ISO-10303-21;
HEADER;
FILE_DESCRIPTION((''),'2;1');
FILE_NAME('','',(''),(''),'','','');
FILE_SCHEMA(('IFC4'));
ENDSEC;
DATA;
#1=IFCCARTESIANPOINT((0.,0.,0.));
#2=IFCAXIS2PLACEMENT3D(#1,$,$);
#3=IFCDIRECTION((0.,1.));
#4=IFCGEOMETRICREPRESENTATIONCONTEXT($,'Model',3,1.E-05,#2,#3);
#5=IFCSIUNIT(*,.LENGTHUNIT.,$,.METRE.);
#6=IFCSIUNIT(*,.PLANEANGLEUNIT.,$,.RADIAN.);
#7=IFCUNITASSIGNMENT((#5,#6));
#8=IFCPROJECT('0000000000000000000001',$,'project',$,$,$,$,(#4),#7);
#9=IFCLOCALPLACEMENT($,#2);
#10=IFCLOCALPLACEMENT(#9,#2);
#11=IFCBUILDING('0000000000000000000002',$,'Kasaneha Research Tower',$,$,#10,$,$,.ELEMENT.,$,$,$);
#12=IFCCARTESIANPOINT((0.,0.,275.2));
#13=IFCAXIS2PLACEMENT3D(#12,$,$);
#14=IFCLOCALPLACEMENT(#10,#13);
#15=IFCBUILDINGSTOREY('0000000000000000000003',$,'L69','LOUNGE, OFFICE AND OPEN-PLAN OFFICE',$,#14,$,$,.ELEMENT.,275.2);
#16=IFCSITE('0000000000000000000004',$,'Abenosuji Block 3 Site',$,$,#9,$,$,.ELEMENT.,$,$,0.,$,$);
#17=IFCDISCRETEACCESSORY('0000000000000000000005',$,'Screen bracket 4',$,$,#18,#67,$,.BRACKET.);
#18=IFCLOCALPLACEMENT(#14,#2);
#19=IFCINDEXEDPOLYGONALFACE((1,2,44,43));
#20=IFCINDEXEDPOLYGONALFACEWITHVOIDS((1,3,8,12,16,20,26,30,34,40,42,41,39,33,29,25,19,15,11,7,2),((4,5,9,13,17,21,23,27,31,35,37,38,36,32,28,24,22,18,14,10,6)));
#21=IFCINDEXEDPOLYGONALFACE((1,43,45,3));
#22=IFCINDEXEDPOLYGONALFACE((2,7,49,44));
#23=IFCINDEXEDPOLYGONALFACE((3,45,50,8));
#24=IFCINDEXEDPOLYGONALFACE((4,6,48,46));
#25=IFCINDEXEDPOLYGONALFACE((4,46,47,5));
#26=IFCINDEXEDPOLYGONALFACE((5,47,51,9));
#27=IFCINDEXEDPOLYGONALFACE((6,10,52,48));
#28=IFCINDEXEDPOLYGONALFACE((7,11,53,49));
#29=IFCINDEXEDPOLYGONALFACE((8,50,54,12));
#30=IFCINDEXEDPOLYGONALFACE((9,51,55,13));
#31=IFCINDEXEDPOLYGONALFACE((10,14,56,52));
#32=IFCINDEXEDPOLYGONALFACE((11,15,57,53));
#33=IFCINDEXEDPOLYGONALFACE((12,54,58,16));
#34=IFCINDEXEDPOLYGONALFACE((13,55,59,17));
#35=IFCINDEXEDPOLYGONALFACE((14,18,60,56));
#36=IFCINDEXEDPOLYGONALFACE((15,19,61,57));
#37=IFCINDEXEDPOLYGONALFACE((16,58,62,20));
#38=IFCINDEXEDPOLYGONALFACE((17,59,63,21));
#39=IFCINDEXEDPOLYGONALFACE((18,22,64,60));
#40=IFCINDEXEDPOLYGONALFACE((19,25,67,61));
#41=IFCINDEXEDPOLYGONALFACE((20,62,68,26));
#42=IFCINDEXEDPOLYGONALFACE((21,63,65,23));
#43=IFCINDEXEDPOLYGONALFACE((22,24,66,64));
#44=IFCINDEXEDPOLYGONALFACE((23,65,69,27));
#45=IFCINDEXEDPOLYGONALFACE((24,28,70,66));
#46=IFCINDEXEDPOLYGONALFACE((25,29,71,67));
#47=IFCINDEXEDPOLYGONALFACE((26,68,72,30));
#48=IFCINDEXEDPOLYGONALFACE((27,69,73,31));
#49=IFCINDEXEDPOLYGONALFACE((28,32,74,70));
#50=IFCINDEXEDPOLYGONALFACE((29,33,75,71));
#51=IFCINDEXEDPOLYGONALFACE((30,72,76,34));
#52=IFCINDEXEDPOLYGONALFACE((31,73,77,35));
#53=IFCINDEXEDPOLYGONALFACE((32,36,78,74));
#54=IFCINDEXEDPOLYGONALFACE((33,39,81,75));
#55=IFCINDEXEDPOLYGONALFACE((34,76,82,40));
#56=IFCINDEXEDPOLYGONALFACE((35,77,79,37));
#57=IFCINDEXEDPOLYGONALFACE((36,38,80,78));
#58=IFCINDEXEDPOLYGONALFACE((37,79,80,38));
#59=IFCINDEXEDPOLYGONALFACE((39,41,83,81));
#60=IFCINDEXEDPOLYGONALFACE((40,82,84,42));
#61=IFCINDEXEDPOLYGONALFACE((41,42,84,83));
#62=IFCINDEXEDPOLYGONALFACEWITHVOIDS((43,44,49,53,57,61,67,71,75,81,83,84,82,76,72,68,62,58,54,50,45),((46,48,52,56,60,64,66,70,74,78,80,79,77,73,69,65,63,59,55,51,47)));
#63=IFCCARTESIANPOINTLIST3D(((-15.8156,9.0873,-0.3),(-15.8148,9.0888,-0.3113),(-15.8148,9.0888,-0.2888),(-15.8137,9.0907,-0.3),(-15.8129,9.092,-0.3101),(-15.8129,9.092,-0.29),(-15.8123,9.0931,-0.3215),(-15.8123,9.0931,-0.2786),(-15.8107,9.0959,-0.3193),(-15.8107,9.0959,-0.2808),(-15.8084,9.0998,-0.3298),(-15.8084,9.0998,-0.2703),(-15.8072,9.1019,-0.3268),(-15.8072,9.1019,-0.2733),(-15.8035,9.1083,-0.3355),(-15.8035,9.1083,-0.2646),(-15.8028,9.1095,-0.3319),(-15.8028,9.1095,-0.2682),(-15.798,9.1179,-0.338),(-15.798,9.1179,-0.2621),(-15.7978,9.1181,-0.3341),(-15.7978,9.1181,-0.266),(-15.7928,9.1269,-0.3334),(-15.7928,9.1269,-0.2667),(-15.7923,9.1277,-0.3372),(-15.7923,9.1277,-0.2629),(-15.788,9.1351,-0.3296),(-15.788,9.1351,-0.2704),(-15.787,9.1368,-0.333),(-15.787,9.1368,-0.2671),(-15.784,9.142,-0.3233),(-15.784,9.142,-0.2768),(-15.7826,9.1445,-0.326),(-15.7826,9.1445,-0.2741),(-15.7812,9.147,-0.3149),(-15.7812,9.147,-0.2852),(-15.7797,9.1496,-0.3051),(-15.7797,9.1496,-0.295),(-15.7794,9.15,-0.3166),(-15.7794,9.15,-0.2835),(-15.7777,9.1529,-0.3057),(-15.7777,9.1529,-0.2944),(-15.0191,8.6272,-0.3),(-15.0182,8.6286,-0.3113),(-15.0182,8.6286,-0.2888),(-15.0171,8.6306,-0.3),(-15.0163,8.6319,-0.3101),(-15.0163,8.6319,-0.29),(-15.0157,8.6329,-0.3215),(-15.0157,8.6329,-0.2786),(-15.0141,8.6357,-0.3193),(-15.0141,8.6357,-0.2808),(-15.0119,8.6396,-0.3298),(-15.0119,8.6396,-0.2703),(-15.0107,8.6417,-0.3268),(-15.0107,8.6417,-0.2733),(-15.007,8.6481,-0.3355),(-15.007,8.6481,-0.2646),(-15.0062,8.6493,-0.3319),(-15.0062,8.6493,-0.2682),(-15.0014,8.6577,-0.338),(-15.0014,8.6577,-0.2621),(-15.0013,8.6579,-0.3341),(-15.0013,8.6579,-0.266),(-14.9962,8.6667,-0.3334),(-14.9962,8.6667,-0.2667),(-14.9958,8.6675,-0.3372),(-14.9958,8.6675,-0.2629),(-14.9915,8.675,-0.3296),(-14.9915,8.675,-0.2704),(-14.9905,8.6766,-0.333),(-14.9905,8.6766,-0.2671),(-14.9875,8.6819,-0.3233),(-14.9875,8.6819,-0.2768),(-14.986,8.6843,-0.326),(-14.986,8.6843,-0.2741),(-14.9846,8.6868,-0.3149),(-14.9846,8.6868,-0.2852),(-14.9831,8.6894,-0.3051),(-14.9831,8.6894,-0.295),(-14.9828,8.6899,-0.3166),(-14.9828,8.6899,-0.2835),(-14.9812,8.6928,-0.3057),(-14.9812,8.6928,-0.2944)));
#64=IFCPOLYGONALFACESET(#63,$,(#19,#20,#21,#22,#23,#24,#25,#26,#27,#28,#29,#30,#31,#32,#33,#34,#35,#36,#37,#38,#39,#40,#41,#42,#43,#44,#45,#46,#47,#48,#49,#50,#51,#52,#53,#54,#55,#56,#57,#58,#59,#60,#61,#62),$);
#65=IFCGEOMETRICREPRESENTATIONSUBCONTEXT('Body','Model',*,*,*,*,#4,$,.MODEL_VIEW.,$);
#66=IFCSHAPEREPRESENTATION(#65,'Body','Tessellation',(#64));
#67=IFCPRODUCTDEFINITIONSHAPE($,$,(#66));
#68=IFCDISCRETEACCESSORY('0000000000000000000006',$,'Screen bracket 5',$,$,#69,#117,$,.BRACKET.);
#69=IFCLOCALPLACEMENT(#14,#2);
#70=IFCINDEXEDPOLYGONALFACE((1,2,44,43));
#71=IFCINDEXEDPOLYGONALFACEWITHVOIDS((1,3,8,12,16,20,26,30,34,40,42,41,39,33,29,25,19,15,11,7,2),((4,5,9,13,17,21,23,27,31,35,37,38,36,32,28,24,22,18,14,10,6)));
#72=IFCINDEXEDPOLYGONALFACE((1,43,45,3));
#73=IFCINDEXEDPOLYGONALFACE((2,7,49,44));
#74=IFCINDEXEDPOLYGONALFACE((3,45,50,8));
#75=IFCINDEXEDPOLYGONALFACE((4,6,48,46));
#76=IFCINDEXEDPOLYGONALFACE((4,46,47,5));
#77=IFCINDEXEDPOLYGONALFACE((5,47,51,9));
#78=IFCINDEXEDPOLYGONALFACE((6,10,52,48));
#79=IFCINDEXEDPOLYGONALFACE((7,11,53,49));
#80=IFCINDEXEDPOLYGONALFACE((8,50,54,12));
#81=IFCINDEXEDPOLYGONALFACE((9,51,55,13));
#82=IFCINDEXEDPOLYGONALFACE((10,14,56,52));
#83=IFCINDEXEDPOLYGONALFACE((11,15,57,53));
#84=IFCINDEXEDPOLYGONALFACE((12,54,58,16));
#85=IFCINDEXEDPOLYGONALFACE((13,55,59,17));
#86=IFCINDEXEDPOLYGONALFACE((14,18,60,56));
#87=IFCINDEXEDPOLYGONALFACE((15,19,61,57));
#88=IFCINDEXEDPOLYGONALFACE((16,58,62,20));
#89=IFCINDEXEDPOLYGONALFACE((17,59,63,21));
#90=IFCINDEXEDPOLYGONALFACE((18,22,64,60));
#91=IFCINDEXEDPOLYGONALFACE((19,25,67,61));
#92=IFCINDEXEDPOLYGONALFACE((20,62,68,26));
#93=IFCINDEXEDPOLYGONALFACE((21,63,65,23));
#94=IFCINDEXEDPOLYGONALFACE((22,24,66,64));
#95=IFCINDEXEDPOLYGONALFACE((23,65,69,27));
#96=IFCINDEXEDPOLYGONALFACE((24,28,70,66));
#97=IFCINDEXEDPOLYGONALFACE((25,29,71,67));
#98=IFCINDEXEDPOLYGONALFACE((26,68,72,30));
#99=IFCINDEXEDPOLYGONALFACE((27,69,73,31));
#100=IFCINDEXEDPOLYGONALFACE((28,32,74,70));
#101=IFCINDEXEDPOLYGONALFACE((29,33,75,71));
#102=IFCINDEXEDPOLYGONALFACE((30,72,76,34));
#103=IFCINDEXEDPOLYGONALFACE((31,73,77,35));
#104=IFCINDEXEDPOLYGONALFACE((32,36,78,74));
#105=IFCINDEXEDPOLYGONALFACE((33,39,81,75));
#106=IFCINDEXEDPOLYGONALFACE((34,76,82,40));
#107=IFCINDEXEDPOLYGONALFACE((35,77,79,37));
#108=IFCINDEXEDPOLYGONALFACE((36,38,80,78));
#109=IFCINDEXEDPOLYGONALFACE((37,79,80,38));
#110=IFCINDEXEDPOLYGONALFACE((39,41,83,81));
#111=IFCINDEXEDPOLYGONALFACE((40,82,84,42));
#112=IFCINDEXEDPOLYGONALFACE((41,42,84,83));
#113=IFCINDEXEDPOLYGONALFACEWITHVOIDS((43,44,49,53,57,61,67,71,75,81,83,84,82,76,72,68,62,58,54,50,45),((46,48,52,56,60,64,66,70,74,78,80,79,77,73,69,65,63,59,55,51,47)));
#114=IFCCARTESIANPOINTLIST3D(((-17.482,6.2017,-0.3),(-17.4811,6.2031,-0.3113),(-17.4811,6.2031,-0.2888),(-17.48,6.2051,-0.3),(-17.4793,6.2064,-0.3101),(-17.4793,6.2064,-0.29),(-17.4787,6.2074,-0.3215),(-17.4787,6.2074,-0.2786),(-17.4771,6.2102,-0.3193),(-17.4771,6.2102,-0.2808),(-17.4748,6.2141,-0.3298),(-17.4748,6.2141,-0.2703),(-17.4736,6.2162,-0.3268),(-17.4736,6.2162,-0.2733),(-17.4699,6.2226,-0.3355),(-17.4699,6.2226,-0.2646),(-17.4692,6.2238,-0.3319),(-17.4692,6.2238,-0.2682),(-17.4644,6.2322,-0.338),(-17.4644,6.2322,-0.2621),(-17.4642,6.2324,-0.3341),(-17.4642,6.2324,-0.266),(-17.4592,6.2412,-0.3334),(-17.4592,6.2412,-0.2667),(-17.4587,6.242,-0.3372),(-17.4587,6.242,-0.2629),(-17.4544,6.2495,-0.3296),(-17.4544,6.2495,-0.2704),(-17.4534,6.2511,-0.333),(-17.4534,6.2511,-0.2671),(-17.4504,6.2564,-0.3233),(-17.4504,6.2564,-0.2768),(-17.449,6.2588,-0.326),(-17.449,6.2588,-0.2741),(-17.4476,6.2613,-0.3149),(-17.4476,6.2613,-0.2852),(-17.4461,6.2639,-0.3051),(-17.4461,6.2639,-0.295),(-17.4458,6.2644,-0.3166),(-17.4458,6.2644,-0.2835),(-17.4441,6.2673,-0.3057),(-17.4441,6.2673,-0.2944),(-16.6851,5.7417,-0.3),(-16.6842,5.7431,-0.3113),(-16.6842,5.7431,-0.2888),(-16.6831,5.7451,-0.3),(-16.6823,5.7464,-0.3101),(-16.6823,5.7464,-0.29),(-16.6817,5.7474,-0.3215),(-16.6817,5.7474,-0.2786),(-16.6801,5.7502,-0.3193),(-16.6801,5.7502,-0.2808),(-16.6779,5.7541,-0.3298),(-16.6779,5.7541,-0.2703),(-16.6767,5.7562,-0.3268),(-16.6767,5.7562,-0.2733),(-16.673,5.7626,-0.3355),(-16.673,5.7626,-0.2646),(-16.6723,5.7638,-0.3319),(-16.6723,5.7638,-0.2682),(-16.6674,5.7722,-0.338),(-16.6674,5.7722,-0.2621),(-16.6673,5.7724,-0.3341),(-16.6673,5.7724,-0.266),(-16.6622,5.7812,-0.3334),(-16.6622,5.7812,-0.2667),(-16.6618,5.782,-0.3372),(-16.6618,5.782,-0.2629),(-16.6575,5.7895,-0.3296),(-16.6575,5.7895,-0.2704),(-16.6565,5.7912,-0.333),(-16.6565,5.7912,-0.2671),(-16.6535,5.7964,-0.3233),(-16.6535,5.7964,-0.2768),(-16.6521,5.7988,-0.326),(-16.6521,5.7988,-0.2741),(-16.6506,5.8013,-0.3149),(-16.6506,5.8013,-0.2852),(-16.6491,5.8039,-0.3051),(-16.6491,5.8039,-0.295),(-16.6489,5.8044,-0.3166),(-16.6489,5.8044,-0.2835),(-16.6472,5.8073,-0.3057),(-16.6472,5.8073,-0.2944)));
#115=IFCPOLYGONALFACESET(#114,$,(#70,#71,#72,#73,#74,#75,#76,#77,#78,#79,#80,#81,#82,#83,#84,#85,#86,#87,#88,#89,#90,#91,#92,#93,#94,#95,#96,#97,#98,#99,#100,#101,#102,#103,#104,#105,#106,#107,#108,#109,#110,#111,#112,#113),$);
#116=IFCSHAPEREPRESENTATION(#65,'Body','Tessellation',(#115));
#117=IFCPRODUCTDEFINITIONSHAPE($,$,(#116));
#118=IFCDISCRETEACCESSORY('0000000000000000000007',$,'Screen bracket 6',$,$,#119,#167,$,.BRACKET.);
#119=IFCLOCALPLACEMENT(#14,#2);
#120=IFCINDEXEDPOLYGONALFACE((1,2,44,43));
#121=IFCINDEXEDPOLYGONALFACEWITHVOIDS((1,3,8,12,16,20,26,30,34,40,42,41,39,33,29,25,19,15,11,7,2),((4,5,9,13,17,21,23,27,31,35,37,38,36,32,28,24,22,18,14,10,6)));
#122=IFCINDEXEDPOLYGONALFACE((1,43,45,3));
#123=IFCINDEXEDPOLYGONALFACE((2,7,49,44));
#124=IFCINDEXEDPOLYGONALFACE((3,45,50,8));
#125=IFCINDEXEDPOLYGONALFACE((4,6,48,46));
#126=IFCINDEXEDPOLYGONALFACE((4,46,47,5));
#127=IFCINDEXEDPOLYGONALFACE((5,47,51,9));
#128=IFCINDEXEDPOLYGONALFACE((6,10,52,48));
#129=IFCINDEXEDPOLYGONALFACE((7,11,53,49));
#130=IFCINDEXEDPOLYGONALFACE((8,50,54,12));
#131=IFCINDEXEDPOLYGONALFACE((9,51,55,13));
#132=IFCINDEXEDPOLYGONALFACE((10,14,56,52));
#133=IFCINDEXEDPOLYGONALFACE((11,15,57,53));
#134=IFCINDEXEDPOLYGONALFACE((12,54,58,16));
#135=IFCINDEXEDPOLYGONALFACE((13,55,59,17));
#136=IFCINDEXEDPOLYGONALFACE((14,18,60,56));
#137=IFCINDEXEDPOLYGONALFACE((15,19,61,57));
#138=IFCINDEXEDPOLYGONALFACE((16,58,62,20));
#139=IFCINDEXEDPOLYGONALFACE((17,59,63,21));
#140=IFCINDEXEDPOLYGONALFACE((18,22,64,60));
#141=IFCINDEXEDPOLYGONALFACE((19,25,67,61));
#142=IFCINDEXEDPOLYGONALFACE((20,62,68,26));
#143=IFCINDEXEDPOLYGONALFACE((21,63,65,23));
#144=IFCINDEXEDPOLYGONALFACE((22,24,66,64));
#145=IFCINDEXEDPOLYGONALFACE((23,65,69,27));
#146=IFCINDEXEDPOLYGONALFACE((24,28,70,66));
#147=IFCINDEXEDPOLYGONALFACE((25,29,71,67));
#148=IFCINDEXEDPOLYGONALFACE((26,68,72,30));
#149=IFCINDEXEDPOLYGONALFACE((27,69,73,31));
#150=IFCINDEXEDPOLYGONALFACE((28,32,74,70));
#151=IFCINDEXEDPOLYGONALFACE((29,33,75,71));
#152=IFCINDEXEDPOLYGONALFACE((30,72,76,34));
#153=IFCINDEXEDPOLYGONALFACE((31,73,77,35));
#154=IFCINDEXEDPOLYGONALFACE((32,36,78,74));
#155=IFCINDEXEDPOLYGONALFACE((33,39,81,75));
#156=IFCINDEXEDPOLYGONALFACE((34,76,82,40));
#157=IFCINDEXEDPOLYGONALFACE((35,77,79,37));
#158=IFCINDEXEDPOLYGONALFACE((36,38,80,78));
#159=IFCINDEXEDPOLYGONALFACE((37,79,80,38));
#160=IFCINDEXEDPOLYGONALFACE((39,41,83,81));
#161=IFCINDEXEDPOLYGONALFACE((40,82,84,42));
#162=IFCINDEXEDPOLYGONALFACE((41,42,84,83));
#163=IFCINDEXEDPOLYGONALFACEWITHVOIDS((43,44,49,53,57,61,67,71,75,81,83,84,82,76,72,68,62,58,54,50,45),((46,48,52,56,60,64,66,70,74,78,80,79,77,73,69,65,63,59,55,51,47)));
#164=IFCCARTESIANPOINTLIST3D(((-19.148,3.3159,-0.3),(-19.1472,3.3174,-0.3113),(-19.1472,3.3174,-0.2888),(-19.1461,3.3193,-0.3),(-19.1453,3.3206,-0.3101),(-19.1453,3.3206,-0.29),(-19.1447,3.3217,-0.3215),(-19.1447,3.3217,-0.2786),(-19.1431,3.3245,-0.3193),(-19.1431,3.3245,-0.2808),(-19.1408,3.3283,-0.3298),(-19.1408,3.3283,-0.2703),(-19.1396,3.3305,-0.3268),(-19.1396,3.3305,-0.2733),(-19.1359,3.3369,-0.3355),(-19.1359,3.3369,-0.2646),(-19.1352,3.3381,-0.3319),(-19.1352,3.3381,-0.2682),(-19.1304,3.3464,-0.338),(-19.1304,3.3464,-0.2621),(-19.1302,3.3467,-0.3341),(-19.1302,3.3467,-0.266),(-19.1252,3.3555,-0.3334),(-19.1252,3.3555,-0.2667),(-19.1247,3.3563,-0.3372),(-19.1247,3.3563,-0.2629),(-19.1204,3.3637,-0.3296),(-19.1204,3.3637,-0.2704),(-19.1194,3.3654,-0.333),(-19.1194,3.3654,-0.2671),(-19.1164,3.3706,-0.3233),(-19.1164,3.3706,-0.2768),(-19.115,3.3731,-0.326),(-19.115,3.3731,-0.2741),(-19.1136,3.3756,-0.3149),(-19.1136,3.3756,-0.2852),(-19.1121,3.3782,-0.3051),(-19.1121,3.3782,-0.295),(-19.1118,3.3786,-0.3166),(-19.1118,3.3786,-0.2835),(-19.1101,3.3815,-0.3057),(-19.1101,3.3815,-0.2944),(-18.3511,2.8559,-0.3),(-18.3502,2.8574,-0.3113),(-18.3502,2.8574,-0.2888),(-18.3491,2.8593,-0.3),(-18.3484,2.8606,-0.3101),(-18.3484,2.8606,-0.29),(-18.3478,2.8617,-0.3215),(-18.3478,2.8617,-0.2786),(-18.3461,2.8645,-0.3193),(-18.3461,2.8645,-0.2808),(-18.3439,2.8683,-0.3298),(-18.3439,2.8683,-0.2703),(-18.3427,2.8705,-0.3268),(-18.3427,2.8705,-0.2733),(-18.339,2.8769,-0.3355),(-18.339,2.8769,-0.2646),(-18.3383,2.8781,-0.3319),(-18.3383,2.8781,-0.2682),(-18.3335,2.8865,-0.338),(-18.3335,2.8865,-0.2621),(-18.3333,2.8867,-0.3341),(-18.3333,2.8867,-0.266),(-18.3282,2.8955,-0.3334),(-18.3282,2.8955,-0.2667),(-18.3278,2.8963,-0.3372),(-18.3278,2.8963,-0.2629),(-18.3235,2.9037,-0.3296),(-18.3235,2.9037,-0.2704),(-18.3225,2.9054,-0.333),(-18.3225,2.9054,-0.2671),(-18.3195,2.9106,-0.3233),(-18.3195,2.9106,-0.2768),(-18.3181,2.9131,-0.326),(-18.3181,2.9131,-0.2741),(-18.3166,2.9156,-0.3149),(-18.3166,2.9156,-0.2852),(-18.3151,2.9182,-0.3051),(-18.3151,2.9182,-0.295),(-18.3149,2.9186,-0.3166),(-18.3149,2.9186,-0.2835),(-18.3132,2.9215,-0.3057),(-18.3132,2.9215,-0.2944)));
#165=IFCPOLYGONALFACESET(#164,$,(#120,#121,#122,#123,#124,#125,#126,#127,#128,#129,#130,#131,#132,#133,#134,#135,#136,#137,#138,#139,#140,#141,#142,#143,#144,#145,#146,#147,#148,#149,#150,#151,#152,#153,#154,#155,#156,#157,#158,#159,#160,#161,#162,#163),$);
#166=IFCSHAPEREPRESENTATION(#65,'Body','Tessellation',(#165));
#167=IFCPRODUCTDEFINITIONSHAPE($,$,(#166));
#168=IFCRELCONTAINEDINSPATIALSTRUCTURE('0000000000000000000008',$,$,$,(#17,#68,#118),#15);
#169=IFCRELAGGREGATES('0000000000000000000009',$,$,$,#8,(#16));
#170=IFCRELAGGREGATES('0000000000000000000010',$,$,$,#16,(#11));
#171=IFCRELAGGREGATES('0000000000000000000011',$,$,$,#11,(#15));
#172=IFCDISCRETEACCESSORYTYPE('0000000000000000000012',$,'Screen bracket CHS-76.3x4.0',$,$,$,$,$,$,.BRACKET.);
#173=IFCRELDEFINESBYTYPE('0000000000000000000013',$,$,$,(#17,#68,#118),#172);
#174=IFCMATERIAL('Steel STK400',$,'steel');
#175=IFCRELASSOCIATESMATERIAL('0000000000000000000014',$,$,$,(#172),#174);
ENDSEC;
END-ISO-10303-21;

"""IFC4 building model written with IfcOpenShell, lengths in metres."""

from ifc_helpers import new_model, si_unit, direction, frame, origin, origin_2d, place, context, subcontext, project, spatial, hollow_circle, extrude, material, material_profile, profile_set, type_object, element, save


model = new_model("IFC4")

# Units and contexts
model_context = context("Model", 3, precision=1e-05, world=origin(), true_north=direction((0.0, 1.0)))
body_context = subcontext(model_context, "Body", "Model", "MODEL_VIEW")
ifc_project = project(units=[si_unit("LENGTHUNIT", "METRE"), si_unit("PLANEANGLEUNIT", "RADIAN")], contexts=[model_context])

# Site, building, storey
site_placement = place(None, origin())
site = spatial("IfcSite", under=ifc_project, at=site_placement, Name="Abenosuji Block 3 Site", CompositionType="ELEMENT", RefElevation=0.0)
building_placement = place(site_placement, origin())
building = spatial("IfcBuilding", under=site, at=building_placement, Name="Kasaneha Research Tower", CompositionType="ELEMENT")
storey_placement = place(building_placement, frame((0.0, 0.0, 275.2)))
storey = spatial("IfcBuildingStorey", under=building, at=storey_placement, Name="L69", Description="LOUNGE, OFFICE AND OPEN-PLAN OFFICE", CompositionType="ELEMENT", Elevation=275.2)

# Discrete accessories
ifc_material_1 = material(Name="Steel STK400", Category="steel")
ifc_material_profile_1 = material_profile(ifc_material_1, hollow_circle(Radius=0.0381, WallThickness=0.0039, at=origin_2d()), Name="CHS-76.3x4.0")
ifc_profile_set_1 = profile_set([ifc_material_profile_1], Name="Steel STK400")
discrete_accessory_type = type_object("IfcDiscreteAccessoryType", Name="Screen bracket CHS-76.3x4.0", PredefinedType="BRACKET", material=ifc_profile_set_1)
discrete_accessory_1_placement = place(storey_placement, frame((-15.0, 8.6602, -0.3), z_axis=(-0.865898, 0.50022, 0.0), x_axis=(-0.50022, -0.865898, 0.0)))
element("IfcDiscreteAccessory", 1, at=discrete_accessory_1_placement, inside=storey, type_object=discrete_accessory_type, Name="Screen bracket 4", PredefinedType="BRACKET", context=body_context, shape_type="SweptSolid", body=[
    extrude(hollow_circle(Radius=0.0381, WallThickness=0.0039, at=origin_2d()), origin(), (0.0, 0.0, 1.0), 0.9199),
])
for number, where, z_axis, x_axis, name in (
    (2, (-16.666, 5.7747, -0.3), (-0.86608, 0.499906, 0.0), (-0.499906, -0.86608, 0.0), "Screen bracket 5"),
    (3, (-18.332, 2.8889, -0.3), (-0.86608, 0.499906, 0.0), (-0.499906, -0.86608, 0.0), "Screen bracket 6"),
):
    element("IfcDiscreteAccessory", number, at=place(storey_placement, frame(where, z_axis=z_axis, x_axis=x_axis)), inside=storey, type_object=discrete_accessory_type, Name=name, PredefinedType="BRACKET", context=body_context, shape_type="SweptSolid", body=[
        extrude(hollow_circle(Radius=0.0381, WallThickness=0.0039, at=origin_2d()), origin(), (0.0, 0.0, 1.0), 0.9202),
    ])

save(model, "model.ifc")
